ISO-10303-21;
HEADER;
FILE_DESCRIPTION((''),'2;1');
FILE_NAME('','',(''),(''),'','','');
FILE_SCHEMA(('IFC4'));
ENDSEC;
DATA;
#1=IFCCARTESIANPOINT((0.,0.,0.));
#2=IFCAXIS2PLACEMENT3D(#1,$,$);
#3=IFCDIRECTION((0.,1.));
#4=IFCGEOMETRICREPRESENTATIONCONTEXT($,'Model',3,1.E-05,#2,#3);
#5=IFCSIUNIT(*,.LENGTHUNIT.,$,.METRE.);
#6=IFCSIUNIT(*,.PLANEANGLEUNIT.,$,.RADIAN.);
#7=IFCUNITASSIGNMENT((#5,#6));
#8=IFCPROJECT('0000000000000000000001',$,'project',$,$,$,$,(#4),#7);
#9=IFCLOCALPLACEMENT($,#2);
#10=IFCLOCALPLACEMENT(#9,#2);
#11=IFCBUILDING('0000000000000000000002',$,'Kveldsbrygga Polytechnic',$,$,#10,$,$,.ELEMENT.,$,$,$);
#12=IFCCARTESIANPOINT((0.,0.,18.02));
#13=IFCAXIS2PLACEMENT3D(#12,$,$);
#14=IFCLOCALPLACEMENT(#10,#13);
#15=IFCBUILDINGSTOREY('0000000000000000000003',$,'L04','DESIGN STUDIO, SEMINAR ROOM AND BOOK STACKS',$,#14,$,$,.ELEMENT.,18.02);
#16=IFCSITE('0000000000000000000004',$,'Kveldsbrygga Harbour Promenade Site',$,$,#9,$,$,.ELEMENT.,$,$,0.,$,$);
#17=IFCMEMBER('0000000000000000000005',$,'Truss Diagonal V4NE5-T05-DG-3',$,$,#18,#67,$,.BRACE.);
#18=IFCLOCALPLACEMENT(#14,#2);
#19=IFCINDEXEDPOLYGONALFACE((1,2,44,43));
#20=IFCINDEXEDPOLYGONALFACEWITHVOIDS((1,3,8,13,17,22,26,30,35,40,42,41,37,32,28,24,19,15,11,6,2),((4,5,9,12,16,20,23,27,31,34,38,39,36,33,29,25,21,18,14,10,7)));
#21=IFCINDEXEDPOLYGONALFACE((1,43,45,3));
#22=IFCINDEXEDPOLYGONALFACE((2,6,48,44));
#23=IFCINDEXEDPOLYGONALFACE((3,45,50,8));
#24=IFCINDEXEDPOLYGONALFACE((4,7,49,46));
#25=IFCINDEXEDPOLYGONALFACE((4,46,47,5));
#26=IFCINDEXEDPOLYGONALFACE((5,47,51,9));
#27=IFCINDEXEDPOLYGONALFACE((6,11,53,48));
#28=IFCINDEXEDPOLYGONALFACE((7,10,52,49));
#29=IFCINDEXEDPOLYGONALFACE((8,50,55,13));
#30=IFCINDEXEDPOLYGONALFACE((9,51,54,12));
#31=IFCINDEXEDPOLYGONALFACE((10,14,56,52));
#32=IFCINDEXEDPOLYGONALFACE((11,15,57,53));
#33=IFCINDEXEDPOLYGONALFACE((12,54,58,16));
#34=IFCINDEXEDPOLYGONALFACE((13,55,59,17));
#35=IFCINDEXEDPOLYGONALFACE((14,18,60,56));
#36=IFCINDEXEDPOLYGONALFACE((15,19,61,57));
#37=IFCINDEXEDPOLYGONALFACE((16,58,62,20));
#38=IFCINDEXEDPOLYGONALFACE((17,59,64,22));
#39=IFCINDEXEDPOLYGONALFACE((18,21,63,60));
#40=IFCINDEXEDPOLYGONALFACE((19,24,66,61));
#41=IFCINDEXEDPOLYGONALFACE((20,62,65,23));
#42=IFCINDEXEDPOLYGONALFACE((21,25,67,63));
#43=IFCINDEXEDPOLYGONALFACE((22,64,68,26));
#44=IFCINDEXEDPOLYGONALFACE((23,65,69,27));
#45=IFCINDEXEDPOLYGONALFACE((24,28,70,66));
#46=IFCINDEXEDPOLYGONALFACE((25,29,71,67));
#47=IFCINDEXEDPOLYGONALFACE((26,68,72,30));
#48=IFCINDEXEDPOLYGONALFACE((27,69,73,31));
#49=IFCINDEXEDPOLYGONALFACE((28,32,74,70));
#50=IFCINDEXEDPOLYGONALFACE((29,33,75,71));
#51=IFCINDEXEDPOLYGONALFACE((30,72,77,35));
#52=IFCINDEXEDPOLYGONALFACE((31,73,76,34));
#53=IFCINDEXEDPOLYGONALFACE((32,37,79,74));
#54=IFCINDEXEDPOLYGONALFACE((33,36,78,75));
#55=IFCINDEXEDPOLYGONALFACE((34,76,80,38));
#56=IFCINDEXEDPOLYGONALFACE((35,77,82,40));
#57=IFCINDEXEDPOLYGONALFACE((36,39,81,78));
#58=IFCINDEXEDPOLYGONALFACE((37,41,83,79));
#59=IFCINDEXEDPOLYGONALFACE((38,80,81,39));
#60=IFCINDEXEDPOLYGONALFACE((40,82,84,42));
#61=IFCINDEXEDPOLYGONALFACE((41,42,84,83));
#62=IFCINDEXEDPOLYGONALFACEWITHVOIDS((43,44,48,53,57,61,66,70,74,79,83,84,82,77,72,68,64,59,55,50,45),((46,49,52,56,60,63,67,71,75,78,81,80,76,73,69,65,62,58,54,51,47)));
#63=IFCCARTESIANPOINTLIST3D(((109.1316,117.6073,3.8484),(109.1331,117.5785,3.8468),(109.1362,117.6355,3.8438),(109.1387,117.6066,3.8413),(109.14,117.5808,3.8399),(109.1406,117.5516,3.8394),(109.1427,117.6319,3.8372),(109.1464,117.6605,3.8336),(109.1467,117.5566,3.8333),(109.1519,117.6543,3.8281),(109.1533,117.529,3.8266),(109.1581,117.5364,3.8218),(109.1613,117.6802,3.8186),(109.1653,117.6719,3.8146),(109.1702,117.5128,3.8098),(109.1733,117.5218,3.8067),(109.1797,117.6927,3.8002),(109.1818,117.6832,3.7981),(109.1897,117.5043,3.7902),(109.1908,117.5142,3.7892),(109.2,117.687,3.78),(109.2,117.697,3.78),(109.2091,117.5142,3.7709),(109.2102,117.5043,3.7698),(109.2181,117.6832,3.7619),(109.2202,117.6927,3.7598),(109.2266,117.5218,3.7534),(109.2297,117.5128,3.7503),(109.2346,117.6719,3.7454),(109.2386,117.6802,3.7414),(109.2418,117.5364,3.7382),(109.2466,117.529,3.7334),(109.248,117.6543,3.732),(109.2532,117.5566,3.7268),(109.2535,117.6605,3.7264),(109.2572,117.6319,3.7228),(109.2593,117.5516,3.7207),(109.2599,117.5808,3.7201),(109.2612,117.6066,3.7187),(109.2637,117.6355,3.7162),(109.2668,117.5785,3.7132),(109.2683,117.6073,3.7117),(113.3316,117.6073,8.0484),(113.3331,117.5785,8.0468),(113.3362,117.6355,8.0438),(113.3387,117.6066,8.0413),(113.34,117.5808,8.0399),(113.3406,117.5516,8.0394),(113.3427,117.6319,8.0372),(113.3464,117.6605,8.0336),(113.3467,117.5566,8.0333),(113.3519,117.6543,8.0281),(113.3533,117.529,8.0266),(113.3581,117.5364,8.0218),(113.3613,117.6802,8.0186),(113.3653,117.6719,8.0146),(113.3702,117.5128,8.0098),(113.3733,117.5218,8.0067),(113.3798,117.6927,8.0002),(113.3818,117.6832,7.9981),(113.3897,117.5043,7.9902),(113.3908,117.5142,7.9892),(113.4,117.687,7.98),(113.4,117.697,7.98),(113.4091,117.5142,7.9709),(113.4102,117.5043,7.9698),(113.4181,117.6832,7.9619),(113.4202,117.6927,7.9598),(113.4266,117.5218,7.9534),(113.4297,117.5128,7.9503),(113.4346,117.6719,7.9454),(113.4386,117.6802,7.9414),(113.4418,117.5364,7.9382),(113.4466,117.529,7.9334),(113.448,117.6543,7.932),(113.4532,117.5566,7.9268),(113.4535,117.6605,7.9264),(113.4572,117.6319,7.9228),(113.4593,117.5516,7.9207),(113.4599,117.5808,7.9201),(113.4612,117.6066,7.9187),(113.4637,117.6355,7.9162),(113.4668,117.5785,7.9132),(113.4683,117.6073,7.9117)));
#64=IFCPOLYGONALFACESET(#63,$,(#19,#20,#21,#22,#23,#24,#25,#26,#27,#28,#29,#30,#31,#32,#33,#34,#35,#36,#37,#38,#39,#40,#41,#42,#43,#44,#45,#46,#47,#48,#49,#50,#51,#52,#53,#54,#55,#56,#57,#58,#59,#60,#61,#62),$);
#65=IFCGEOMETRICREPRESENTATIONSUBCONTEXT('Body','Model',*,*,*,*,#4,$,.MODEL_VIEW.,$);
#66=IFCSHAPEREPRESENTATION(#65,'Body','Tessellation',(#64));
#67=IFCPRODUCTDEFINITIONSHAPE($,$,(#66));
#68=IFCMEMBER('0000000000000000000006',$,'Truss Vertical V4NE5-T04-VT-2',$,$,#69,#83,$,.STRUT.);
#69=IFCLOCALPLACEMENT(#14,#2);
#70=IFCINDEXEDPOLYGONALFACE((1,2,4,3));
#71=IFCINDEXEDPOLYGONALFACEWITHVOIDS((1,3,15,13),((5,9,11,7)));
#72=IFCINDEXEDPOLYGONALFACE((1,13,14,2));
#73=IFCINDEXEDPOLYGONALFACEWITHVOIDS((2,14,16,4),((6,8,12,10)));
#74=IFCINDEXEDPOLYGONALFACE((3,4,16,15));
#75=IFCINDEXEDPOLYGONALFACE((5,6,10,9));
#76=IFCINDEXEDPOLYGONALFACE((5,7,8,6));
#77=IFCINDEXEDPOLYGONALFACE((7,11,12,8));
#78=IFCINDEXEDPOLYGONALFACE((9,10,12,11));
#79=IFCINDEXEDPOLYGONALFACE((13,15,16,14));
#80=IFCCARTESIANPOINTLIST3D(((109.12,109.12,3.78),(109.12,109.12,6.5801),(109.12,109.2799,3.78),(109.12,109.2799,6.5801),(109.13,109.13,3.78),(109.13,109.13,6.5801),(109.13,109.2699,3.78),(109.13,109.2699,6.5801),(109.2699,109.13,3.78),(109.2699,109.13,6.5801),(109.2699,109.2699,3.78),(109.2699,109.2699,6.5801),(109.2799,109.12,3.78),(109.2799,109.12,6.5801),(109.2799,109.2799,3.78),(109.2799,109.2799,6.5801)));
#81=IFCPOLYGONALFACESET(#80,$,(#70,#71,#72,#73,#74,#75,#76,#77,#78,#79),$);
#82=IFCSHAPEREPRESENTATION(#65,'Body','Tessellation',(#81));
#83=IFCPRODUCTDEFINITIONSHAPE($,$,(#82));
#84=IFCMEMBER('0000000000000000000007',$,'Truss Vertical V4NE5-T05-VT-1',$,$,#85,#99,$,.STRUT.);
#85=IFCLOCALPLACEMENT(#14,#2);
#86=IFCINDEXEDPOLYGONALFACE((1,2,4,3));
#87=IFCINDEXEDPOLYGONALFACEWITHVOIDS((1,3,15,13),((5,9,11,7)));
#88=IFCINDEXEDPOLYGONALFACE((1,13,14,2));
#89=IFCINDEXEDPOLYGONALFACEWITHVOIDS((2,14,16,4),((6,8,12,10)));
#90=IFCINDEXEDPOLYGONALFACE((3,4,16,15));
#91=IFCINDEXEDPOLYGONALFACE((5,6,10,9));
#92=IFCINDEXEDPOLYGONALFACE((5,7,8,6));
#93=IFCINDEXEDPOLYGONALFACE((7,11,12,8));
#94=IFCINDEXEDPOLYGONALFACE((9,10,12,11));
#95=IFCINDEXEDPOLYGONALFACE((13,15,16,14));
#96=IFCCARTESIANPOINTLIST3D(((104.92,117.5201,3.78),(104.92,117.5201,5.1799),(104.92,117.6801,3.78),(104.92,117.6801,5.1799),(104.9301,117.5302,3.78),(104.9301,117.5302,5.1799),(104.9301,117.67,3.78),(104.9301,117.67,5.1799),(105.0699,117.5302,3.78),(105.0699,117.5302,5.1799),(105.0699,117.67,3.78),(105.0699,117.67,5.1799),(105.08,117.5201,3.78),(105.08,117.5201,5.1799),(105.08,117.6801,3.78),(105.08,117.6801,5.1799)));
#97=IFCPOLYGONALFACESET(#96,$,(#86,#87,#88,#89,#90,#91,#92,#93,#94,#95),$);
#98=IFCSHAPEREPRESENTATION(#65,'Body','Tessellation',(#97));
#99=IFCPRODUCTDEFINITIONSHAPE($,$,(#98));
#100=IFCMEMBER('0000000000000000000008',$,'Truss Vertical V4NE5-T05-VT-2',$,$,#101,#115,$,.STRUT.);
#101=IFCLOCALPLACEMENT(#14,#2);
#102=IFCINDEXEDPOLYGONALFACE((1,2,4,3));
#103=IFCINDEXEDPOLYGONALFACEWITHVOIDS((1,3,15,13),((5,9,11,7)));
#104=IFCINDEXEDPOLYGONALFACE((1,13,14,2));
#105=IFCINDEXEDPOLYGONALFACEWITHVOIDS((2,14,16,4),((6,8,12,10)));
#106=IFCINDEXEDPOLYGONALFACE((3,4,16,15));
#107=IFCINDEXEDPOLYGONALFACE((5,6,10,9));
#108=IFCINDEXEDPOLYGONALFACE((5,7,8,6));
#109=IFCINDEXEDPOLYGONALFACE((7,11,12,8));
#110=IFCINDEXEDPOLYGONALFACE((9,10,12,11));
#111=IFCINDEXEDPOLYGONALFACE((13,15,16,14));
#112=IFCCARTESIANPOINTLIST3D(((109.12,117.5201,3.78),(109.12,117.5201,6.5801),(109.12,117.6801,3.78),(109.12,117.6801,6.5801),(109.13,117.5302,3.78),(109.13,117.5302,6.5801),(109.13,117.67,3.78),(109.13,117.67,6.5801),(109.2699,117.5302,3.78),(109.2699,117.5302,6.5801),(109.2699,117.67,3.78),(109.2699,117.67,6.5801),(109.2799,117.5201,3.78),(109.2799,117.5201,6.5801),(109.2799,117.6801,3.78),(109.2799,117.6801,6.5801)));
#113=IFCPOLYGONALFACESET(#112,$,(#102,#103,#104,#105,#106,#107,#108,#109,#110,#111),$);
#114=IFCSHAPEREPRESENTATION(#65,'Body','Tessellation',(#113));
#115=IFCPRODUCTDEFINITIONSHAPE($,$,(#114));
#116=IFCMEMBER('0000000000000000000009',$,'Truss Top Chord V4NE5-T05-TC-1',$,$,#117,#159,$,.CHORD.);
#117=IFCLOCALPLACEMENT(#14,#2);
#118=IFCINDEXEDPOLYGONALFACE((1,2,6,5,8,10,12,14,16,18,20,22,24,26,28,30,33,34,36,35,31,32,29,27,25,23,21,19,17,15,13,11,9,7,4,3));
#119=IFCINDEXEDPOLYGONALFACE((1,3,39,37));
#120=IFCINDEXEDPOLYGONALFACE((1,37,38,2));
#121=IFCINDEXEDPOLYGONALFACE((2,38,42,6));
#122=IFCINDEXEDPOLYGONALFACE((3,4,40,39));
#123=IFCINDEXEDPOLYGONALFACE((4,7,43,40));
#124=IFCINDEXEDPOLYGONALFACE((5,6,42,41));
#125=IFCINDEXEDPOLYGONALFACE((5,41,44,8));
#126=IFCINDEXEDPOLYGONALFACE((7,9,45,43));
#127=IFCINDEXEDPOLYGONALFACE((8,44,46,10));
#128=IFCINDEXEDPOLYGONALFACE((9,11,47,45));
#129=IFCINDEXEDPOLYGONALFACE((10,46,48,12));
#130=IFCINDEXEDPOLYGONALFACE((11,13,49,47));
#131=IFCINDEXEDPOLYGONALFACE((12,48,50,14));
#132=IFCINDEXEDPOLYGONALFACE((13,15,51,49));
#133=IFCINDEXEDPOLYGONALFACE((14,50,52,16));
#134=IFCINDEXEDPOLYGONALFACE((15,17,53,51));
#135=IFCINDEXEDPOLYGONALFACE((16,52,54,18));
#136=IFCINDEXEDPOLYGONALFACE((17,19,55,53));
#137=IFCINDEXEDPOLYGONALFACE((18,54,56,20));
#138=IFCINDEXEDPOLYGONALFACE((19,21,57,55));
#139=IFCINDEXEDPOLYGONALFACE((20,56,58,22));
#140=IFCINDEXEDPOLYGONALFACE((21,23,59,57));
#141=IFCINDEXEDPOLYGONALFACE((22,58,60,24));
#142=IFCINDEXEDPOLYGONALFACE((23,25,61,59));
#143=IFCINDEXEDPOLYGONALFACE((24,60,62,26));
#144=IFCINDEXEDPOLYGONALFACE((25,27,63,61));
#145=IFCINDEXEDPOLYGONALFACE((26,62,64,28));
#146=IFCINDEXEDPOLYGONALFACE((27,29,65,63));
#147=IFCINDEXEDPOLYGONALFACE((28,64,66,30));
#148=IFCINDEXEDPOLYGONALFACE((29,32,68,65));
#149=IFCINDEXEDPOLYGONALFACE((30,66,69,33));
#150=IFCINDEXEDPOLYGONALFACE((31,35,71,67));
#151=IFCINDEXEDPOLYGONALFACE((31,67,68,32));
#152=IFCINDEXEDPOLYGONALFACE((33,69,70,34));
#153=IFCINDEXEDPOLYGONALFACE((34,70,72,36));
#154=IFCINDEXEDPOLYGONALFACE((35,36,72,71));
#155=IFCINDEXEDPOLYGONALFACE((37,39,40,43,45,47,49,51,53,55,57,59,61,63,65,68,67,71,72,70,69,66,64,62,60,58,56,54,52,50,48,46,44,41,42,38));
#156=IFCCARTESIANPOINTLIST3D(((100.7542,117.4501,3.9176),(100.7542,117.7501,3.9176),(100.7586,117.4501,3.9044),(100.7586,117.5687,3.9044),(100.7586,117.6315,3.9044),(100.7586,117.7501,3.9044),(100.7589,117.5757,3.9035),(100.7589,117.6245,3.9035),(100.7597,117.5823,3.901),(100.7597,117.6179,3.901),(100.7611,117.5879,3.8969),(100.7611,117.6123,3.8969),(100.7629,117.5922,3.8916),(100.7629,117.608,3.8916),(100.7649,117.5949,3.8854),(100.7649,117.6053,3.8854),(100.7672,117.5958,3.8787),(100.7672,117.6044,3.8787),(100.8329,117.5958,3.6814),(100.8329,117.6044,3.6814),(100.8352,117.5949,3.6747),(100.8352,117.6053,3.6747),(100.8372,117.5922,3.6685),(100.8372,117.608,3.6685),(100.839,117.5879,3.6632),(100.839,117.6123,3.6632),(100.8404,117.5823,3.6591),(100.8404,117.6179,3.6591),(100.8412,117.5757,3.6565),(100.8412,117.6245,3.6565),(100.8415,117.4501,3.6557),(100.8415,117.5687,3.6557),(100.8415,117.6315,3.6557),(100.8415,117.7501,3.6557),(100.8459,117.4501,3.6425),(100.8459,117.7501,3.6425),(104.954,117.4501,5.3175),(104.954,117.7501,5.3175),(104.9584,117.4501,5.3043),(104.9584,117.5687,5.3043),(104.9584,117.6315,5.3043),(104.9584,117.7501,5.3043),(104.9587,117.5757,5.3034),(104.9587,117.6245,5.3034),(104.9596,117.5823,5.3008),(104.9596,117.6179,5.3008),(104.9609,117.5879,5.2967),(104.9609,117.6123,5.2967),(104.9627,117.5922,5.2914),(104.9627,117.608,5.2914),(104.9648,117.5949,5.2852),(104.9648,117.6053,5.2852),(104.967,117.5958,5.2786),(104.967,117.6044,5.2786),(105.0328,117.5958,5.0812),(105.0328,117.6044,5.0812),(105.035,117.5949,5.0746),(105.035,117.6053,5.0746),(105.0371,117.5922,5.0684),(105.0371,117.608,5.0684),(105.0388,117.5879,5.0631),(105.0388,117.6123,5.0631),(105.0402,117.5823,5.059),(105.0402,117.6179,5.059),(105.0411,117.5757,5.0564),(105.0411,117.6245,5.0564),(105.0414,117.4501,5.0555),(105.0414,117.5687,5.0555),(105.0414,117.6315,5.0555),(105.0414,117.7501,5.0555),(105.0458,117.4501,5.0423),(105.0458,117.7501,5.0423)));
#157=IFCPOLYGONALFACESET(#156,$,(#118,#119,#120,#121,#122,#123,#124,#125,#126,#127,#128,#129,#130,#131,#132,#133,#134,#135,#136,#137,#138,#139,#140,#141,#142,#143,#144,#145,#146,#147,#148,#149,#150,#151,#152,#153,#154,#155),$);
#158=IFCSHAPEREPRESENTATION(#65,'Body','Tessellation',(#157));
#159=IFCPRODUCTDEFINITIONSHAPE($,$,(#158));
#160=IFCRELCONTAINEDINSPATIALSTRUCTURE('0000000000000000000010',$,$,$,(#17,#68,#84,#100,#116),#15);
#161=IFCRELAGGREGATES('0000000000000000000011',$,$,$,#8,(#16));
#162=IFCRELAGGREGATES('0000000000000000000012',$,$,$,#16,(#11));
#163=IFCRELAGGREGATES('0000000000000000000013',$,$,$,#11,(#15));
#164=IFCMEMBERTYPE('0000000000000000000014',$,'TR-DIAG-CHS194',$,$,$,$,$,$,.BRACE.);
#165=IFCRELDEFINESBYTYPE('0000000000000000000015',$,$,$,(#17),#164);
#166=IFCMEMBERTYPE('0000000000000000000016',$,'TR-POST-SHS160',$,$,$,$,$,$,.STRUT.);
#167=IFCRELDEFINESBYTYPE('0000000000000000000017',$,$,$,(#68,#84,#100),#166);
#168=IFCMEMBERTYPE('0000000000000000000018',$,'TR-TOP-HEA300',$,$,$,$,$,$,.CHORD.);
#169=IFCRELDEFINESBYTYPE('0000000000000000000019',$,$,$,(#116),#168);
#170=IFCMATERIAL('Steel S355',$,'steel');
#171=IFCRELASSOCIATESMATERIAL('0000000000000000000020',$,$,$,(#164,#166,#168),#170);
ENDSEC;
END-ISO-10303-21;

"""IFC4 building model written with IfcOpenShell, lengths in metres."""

from ifc_helpers import new_model, si_unit, direction, frame, origin, origin_2d, place, context, subcontext, project, spatial, hollow_rectangle, hollow_circle, i_section, extrude, material, material_profile, profile_set, type_object, element, save


model = new_model("IFC4")

# Units and contexts
model_context = context("Model", 3, precision=1e-05, world=origin(), true_north=direction((0.0, 1.0)))
body_context = subcontext(model_context, "Body", "Model", "MODEL_VIEW")
ifc_project = project(units=[si_unit("LENGTHUNIT", "METRE"), si_unit("PLANEANGLEUNIT", "RADIAN")], contexts=[model_context])

# Site, building, storey
site_placement = place(None, origin())
site = spatial("IfcSite", under=ifc_project, at=site_placement, Name="Kveldsbrygga Harbour Promenade Site", CompositionType="ELEMENT", RefElevation=0.0)
building_placement = place(site_placement, origin())
building = spatial("IfcBuilding", under=site, at=building_placement, Name="Kveldsbrygga Polytechnic", CompositionType="ELEMENT")
storey_placement = place(building_placement, frame((0.0, 0.0, 18.02)))
storey = spatial("IfcBuildingStorey", under=building, at=storey_placement, Name="L04", Description="DESIGN STUDIO, SEMINAR ROOM AND BOOK STACKS", CompositionType="ELEMENT", Elevation=18.02)

# Members
ifc_material_1 = material(Name="Steel S355", Category="steel")
ifc_material_profile_1 = material_profile(ifc_material_1, hollow_circle(Radius=0.0969, WallThickness=0.01, at=origin_2d()), Name="CHS 193.7x10.0")
ifc_profile_set_1 = profile_set([ifc_material_profile_1], Name="Steel S355")
member_type_1 = type_object("IfcMemberType", Name="TR-DIAG-CHS194", PredefinedType="BRACE", material=ifc_profile_set_1)
member_1_placement = place(storey_placement, frame((109.2, 117.6001, 3.78), z_axis=(0.707107, 0.0, 0.707107), x_axis=(0.0, 1.0, 0.0)))
element("IfcMember", 1, at=member_1_placement, inside=storey, type_object=member_type_1, Name="Truss Diagonal V4NE5-T05-DG-3", PredefinedType="BRACE", context=body_context, shape_type="SweptSolid", body=[
    extrude(hollow_circle(Radius=0.0969, WallThickness=0.01, at=origin_2d()), origin(), (0.0, 0.0, 1.0), 5.9397),
])
ifc_material_profile_2 = material_profile(ifc_material_1, hollow_rectangle(XDim=0.1599, YDim=0.1599, WallThickness=0.01, at=origin_2d()), Name="SHS 160x160x10.0")
ifc_profile_set_2 = profile_set([ifc_material_profile_2], Name="Steel S355")
member_type_2 = type_object("IfcMemberType", Name="TR-POST-SHS160", PredefinedType="STRUT", material=ifc_profile_set_2)
member_2_placement = place(storey_placement, frame((109.2, 109.2, 3.78), z_axis=(0.0, 0.0, 1.0), x_axis=(1.0, 0.0, 0.0)))
element("IfcMember", 2, at=member_2_placement, inside=storey, type_object=member_type_2, Name="Truss Vertical V4NE5-T04-VT-2", PredefinedType="STRUT", context=body_context, shape_type="SweptSolid", body=[
    extrude(hollow_rectangle(XDim=0.1599, YDim=0.1599, WallThickness=0.01, at=origin_2d()), origin(), (0.0, 0.0, 1.0), 2.8),
])
member_3_placement = place(storey_placement, frame((105.0, 117.6001, 3.78), z_axis=(0.0, 0.0, 1.0), x_axis=(1.0, 0.0, 0.0)))
element("IfcMember", 3, at=member_3_placement, inside=storey, type_object=member_type_2, Name="Truss Vertical V4NE5-T05-VT-1", PredefinedType="STRUT", context=body_context, shape_type="SweptSolid", body=[
    extrude(hollow_rectangle(XDim=0.1599, YDim=0.1599, WallThickness=0.01, at=origin_2d()), origin(), (0.0, 0.0, 1.0), 1.3999),
])
member_4_placement = place(storey_placement, frame((109.2, 117.6001, 3.78), z_axis=(0.0, 0.0, 1.0), x_axis=(1.0, 0.0, 0.0)))
element("IfcMember", 4, at=member_4_placement, inside=storey, type_object=member_type_2, Name="Truss Vertical V4NE5-T05-VT-2", PredefinedType="STRUT", context=body_context, shape_type="SweptSolid", body=[
    extrude(hollow_rectangle(XDim=0.1599, YDim=0.1599, WallThickness=0.01, at=origin_2d()), origin(), (0.0, 0.0, 1.0), 2.8),
])
ifc_material_profile_3 = material_profile(ifc_material_1, i_section(OverallWidth=0.3, OverallDepth=0.29, WebThickness=0.0085, FlangeThickness=0.0139, FilletRadius=0.0271, at=origin_2d()), Name="HEA 300")
ifc_profile_set_3 = profile_set([ifc_material_profile_3], Name="Steel S355")
member_type_3 = type_object("IfcMemberType", Name="TR-TOP-HEA300", PredefinedType="CHORD", material=ifc_profile_set_3)
member_5_placement = place(storey_placement, frame((100.8, 117.6001, 3.78), z_axis=(0.948689, 0.0, 0.316211), x_axis=(0.0, 1.0, 0.0)))
element("IfcMember", 5, at=member_5_placement, inside=storey, type_object=member_type_3, Name="Truss Top Chord V4NE5-T05-TC-1", PredefinedType="CHORD", context=body_context, shape_type="SweptSolid", body=[
    extrude(i_section(OverallWidth=0.3, OverallDepth=0.29, WebThickness=0.0085, FlangeThickness=0.0139, FilletRadius=0.0271, at=origin_2d()), origin(), (0.0, 0.0, 1.0), 4.427),
])

save(model, "model.ifc")
